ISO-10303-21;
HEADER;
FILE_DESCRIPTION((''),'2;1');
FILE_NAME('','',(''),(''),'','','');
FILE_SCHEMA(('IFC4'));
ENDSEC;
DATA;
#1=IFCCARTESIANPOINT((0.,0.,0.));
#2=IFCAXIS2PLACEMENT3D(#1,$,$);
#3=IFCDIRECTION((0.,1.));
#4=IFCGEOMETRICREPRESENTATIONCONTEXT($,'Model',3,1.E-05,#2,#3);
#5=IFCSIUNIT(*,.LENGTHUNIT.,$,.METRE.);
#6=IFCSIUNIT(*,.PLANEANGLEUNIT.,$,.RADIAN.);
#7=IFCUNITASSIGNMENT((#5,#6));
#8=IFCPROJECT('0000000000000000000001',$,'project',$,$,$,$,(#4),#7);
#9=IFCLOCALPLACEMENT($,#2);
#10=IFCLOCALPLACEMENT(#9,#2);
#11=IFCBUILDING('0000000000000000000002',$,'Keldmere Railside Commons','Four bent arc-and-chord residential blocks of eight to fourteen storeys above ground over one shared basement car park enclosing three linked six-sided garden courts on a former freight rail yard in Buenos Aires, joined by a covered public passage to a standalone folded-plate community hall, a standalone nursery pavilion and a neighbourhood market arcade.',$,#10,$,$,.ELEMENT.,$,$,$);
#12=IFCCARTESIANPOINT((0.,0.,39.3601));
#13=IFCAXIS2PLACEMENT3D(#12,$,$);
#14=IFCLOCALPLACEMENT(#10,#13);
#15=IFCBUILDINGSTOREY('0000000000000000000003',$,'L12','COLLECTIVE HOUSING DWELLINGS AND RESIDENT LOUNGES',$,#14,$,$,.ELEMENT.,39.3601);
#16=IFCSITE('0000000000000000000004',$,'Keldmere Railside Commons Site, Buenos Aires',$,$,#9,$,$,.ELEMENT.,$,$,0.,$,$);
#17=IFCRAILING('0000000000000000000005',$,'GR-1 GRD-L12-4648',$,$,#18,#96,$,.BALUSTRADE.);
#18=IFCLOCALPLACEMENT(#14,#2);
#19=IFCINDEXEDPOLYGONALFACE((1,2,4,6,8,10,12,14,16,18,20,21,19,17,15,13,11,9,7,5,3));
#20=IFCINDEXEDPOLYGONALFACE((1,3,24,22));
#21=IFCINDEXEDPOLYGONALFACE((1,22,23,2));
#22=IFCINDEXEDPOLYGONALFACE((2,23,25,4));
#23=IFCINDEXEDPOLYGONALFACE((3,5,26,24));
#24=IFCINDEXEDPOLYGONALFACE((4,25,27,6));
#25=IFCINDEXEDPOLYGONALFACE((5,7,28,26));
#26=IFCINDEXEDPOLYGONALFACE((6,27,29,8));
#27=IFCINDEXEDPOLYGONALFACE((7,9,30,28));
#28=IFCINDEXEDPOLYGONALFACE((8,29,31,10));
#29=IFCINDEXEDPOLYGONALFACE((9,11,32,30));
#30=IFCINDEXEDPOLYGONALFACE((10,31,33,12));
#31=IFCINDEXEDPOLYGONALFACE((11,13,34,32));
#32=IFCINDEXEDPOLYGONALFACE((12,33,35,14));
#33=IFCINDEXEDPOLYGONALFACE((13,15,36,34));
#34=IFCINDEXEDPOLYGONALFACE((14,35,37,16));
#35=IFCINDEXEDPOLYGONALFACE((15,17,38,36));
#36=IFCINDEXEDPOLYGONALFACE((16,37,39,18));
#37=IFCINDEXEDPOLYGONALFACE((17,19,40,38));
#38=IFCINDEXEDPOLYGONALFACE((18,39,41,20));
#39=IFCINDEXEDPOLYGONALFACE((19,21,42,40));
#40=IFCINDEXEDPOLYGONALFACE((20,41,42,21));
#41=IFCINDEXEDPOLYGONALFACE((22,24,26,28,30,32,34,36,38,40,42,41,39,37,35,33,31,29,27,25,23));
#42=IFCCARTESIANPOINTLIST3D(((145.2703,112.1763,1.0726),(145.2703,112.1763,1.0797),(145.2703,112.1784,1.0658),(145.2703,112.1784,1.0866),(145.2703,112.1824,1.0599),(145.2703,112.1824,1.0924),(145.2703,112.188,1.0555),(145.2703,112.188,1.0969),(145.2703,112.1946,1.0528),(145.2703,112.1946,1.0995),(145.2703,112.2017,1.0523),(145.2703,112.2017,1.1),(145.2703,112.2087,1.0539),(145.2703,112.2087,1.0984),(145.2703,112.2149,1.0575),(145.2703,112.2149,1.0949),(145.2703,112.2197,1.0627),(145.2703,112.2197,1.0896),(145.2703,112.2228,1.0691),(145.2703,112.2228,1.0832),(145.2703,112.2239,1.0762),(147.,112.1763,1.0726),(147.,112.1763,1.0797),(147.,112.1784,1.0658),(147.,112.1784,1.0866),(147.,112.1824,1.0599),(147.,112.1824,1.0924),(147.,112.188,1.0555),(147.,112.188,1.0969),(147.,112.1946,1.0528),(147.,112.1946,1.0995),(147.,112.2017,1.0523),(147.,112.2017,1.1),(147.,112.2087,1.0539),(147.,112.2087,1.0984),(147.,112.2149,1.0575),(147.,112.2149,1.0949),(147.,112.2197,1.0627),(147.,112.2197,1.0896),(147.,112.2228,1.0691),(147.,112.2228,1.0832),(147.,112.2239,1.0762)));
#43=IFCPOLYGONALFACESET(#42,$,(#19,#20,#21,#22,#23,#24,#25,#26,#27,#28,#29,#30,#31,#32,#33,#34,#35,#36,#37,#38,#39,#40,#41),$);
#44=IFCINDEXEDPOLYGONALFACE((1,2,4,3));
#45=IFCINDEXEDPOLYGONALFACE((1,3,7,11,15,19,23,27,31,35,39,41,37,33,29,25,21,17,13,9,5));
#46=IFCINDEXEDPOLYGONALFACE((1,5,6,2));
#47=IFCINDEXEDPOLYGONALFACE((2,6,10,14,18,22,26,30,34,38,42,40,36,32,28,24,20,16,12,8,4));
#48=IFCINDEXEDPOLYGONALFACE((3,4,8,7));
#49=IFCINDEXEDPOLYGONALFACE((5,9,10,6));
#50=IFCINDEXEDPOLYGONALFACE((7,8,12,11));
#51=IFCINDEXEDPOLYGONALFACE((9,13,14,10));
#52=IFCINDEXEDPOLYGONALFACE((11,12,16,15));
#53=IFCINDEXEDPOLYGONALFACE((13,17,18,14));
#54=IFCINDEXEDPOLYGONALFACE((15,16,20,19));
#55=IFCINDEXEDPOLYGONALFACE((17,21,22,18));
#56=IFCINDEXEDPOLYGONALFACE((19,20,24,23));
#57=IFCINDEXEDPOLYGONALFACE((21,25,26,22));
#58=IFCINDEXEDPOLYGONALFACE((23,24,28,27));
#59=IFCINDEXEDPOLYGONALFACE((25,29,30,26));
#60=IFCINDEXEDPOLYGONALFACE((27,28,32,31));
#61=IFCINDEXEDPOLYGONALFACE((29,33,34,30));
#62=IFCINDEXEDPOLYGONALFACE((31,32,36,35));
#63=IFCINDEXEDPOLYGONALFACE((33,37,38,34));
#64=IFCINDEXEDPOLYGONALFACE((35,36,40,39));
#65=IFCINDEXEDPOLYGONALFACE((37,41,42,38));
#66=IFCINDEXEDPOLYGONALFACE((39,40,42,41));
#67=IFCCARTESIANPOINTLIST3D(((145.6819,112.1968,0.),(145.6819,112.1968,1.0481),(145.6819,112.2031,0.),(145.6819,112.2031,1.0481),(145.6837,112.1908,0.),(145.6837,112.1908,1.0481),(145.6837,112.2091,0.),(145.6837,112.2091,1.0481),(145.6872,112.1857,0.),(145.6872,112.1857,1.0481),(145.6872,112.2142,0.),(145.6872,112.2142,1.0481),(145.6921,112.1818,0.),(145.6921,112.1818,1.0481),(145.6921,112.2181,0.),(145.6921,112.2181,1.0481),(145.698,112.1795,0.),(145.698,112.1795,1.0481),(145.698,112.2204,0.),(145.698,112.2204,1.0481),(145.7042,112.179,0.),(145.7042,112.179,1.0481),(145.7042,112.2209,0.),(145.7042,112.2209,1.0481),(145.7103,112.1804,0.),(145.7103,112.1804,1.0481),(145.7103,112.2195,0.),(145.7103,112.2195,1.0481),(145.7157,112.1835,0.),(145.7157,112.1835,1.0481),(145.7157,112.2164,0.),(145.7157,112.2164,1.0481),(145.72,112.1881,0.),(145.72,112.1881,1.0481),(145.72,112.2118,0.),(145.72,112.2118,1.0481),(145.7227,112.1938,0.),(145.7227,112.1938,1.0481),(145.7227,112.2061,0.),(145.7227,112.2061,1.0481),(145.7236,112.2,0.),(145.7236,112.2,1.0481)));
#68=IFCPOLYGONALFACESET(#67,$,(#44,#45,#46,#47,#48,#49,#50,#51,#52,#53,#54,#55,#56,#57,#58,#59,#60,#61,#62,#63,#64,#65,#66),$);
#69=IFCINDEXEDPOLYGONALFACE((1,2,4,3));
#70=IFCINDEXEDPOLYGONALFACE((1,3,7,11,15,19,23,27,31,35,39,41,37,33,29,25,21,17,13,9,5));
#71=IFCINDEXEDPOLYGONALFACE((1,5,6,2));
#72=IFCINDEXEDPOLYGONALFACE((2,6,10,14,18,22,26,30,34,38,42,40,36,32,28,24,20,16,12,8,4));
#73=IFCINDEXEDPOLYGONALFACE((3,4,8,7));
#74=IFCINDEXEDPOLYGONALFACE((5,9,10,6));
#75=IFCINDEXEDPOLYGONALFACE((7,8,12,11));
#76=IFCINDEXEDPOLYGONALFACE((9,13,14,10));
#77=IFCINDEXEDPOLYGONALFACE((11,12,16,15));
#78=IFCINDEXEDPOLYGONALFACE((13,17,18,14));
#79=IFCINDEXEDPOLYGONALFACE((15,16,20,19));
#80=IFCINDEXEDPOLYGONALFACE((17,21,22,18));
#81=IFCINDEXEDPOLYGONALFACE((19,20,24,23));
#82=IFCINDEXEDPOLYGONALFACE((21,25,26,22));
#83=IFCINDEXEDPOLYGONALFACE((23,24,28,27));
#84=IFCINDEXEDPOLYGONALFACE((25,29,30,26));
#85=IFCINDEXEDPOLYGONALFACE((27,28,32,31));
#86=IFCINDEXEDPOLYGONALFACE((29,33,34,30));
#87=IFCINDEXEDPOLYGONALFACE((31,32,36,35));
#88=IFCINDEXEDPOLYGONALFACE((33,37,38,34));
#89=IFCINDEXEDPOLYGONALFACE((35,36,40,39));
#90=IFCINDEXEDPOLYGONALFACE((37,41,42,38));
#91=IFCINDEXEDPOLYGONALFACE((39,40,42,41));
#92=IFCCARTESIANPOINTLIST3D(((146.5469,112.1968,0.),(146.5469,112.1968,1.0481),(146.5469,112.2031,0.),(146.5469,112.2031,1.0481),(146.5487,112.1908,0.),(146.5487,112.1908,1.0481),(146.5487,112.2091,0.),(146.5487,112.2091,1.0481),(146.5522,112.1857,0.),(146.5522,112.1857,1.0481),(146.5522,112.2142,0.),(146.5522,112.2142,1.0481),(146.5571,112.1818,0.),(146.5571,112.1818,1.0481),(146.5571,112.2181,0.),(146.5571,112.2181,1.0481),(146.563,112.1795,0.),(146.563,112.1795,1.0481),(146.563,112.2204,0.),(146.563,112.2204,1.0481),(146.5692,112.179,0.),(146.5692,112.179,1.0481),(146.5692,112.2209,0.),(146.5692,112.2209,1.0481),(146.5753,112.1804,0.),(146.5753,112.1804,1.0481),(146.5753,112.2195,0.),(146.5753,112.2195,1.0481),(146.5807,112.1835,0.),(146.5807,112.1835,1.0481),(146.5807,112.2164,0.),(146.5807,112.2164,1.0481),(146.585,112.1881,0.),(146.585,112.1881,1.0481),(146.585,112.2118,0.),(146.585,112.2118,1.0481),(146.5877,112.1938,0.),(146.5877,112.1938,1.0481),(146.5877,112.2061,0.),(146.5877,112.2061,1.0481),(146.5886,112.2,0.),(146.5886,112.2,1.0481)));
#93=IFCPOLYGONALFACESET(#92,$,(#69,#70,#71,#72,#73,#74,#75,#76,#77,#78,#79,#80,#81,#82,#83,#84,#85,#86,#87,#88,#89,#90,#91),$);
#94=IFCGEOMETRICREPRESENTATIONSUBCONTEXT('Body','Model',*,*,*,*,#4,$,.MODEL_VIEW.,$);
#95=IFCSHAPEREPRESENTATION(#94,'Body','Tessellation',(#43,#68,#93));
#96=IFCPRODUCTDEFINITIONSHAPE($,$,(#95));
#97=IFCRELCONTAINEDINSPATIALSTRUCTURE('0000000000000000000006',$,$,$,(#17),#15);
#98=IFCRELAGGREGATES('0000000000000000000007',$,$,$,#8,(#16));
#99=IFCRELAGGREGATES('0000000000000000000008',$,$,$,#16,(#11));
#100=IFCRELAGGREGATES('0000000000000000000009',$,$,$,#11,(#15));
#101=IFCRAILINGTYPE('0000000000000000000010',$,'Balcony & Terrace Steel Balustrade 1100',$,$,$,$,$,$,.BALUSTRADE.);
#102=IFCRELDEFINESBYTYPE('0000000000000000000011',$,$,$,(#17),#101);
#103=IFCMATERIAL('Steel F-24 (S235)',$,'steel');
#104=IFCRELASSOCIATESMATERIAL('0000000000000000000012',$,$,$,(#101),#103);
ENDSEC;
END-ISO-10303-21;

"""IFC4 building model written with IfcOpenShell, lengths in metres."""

from ifc_helpers import new_model, si_unit, direction, frame, origin, origin_2d, place, context, subcontext, project, spatial, circle, extrude, material, type_object, element, save


model = new_model("IFC4")

# Units and contexts
model_context = context("Model", 3, precision=1e-05, world=origin(), true_north=direction((0.0, 1.0)))
body_context = subcontext(model_context, "Body", "Model", "MODEL_VIEW")
ifc_project = project(units=[si_unit("LENGTHUNIT", "METRE"), si_unit("PLANEANGLEUNIT", "RADIAN")], contexts=[model_context])

# Site, building, storey
site_placement = place(None, origin())
site = spatial("IfcSite", under=ifc_project, at=site_placement, Name="Keldmere Railside Commons Site, Buenos Aires", CompositionType="ELEMENT", RefElevation=0.0)
building_placement = place(site_placement, origin())
building = spatial("IfcBuilding", under=site, at=building_placement, Name="Keldmere Railside Commons", Description="Four bent arc-and-chord residential blocks of eight to fourteen storeys above ground over one shared basement car park enclosing three linked six-sided garden courts on a former freight rail yard in Buenos Aires, joined by a covered public passage to a standalone folded-plate community hall, a standalone nursery pavilion and a neighbourhood market arcade.", CompositionType="ELEMENT")
storey_placement = place(building_placement, frame((0.0, 0.0, 39.3601)))
storey = spatial("IfcBuildingStorey", under=building, at=storey_placement, Name="L12", Description="COLLECTIVE HOUSING DWELLINGS AND RESIDENT LOUNGES", CompositionType="ELEMENT", Elevation=39.3601)

# Shared definitions
ifc_material_1 = material(Name="Steel F-24 (S235)", Category="steel")

# Railing
railing_type = type_object("IfcRailingType", Name="Balcony & Terrace Steel Balustrade 1100", PredefinedType="BALUSTRADE", material=ifc_material_1)
railing_1_placement = place(storey_placement, frame((145.2703, 112.2, 0.0)))
element("IfcRailing", 1, at=railing_1_placement, inside=storey, type_object=railing_type, Name="GR-1 GRD-L12-4648", PredefinedType="BALUSTRADE", context=body_context, shape_type="SweptSolid", body=[
    extrude(circle(Radius=0.0239, at=origin_2d()), frame((0.0, 0.0, 1.0762), z_axis=(1.0, 0.0, 0.0), x_axis=(0.0, 1.0, 0.0)), (0.0, 0.0, 1.0), 1.7297),
    extrude(circle(Radius=0.021, at=origin_2d()), frame((0.4324, 0.0, 0.0)), (0.0, 0.0, 1.0), 1.0481),
    extrude(circle(Radius=0.021, at=origin_2d()), frame((1.2974, 0.0, 0.0)), (0.0, 0.0, 1.0), 1.0481),
])

save(model, "model.ifc")
